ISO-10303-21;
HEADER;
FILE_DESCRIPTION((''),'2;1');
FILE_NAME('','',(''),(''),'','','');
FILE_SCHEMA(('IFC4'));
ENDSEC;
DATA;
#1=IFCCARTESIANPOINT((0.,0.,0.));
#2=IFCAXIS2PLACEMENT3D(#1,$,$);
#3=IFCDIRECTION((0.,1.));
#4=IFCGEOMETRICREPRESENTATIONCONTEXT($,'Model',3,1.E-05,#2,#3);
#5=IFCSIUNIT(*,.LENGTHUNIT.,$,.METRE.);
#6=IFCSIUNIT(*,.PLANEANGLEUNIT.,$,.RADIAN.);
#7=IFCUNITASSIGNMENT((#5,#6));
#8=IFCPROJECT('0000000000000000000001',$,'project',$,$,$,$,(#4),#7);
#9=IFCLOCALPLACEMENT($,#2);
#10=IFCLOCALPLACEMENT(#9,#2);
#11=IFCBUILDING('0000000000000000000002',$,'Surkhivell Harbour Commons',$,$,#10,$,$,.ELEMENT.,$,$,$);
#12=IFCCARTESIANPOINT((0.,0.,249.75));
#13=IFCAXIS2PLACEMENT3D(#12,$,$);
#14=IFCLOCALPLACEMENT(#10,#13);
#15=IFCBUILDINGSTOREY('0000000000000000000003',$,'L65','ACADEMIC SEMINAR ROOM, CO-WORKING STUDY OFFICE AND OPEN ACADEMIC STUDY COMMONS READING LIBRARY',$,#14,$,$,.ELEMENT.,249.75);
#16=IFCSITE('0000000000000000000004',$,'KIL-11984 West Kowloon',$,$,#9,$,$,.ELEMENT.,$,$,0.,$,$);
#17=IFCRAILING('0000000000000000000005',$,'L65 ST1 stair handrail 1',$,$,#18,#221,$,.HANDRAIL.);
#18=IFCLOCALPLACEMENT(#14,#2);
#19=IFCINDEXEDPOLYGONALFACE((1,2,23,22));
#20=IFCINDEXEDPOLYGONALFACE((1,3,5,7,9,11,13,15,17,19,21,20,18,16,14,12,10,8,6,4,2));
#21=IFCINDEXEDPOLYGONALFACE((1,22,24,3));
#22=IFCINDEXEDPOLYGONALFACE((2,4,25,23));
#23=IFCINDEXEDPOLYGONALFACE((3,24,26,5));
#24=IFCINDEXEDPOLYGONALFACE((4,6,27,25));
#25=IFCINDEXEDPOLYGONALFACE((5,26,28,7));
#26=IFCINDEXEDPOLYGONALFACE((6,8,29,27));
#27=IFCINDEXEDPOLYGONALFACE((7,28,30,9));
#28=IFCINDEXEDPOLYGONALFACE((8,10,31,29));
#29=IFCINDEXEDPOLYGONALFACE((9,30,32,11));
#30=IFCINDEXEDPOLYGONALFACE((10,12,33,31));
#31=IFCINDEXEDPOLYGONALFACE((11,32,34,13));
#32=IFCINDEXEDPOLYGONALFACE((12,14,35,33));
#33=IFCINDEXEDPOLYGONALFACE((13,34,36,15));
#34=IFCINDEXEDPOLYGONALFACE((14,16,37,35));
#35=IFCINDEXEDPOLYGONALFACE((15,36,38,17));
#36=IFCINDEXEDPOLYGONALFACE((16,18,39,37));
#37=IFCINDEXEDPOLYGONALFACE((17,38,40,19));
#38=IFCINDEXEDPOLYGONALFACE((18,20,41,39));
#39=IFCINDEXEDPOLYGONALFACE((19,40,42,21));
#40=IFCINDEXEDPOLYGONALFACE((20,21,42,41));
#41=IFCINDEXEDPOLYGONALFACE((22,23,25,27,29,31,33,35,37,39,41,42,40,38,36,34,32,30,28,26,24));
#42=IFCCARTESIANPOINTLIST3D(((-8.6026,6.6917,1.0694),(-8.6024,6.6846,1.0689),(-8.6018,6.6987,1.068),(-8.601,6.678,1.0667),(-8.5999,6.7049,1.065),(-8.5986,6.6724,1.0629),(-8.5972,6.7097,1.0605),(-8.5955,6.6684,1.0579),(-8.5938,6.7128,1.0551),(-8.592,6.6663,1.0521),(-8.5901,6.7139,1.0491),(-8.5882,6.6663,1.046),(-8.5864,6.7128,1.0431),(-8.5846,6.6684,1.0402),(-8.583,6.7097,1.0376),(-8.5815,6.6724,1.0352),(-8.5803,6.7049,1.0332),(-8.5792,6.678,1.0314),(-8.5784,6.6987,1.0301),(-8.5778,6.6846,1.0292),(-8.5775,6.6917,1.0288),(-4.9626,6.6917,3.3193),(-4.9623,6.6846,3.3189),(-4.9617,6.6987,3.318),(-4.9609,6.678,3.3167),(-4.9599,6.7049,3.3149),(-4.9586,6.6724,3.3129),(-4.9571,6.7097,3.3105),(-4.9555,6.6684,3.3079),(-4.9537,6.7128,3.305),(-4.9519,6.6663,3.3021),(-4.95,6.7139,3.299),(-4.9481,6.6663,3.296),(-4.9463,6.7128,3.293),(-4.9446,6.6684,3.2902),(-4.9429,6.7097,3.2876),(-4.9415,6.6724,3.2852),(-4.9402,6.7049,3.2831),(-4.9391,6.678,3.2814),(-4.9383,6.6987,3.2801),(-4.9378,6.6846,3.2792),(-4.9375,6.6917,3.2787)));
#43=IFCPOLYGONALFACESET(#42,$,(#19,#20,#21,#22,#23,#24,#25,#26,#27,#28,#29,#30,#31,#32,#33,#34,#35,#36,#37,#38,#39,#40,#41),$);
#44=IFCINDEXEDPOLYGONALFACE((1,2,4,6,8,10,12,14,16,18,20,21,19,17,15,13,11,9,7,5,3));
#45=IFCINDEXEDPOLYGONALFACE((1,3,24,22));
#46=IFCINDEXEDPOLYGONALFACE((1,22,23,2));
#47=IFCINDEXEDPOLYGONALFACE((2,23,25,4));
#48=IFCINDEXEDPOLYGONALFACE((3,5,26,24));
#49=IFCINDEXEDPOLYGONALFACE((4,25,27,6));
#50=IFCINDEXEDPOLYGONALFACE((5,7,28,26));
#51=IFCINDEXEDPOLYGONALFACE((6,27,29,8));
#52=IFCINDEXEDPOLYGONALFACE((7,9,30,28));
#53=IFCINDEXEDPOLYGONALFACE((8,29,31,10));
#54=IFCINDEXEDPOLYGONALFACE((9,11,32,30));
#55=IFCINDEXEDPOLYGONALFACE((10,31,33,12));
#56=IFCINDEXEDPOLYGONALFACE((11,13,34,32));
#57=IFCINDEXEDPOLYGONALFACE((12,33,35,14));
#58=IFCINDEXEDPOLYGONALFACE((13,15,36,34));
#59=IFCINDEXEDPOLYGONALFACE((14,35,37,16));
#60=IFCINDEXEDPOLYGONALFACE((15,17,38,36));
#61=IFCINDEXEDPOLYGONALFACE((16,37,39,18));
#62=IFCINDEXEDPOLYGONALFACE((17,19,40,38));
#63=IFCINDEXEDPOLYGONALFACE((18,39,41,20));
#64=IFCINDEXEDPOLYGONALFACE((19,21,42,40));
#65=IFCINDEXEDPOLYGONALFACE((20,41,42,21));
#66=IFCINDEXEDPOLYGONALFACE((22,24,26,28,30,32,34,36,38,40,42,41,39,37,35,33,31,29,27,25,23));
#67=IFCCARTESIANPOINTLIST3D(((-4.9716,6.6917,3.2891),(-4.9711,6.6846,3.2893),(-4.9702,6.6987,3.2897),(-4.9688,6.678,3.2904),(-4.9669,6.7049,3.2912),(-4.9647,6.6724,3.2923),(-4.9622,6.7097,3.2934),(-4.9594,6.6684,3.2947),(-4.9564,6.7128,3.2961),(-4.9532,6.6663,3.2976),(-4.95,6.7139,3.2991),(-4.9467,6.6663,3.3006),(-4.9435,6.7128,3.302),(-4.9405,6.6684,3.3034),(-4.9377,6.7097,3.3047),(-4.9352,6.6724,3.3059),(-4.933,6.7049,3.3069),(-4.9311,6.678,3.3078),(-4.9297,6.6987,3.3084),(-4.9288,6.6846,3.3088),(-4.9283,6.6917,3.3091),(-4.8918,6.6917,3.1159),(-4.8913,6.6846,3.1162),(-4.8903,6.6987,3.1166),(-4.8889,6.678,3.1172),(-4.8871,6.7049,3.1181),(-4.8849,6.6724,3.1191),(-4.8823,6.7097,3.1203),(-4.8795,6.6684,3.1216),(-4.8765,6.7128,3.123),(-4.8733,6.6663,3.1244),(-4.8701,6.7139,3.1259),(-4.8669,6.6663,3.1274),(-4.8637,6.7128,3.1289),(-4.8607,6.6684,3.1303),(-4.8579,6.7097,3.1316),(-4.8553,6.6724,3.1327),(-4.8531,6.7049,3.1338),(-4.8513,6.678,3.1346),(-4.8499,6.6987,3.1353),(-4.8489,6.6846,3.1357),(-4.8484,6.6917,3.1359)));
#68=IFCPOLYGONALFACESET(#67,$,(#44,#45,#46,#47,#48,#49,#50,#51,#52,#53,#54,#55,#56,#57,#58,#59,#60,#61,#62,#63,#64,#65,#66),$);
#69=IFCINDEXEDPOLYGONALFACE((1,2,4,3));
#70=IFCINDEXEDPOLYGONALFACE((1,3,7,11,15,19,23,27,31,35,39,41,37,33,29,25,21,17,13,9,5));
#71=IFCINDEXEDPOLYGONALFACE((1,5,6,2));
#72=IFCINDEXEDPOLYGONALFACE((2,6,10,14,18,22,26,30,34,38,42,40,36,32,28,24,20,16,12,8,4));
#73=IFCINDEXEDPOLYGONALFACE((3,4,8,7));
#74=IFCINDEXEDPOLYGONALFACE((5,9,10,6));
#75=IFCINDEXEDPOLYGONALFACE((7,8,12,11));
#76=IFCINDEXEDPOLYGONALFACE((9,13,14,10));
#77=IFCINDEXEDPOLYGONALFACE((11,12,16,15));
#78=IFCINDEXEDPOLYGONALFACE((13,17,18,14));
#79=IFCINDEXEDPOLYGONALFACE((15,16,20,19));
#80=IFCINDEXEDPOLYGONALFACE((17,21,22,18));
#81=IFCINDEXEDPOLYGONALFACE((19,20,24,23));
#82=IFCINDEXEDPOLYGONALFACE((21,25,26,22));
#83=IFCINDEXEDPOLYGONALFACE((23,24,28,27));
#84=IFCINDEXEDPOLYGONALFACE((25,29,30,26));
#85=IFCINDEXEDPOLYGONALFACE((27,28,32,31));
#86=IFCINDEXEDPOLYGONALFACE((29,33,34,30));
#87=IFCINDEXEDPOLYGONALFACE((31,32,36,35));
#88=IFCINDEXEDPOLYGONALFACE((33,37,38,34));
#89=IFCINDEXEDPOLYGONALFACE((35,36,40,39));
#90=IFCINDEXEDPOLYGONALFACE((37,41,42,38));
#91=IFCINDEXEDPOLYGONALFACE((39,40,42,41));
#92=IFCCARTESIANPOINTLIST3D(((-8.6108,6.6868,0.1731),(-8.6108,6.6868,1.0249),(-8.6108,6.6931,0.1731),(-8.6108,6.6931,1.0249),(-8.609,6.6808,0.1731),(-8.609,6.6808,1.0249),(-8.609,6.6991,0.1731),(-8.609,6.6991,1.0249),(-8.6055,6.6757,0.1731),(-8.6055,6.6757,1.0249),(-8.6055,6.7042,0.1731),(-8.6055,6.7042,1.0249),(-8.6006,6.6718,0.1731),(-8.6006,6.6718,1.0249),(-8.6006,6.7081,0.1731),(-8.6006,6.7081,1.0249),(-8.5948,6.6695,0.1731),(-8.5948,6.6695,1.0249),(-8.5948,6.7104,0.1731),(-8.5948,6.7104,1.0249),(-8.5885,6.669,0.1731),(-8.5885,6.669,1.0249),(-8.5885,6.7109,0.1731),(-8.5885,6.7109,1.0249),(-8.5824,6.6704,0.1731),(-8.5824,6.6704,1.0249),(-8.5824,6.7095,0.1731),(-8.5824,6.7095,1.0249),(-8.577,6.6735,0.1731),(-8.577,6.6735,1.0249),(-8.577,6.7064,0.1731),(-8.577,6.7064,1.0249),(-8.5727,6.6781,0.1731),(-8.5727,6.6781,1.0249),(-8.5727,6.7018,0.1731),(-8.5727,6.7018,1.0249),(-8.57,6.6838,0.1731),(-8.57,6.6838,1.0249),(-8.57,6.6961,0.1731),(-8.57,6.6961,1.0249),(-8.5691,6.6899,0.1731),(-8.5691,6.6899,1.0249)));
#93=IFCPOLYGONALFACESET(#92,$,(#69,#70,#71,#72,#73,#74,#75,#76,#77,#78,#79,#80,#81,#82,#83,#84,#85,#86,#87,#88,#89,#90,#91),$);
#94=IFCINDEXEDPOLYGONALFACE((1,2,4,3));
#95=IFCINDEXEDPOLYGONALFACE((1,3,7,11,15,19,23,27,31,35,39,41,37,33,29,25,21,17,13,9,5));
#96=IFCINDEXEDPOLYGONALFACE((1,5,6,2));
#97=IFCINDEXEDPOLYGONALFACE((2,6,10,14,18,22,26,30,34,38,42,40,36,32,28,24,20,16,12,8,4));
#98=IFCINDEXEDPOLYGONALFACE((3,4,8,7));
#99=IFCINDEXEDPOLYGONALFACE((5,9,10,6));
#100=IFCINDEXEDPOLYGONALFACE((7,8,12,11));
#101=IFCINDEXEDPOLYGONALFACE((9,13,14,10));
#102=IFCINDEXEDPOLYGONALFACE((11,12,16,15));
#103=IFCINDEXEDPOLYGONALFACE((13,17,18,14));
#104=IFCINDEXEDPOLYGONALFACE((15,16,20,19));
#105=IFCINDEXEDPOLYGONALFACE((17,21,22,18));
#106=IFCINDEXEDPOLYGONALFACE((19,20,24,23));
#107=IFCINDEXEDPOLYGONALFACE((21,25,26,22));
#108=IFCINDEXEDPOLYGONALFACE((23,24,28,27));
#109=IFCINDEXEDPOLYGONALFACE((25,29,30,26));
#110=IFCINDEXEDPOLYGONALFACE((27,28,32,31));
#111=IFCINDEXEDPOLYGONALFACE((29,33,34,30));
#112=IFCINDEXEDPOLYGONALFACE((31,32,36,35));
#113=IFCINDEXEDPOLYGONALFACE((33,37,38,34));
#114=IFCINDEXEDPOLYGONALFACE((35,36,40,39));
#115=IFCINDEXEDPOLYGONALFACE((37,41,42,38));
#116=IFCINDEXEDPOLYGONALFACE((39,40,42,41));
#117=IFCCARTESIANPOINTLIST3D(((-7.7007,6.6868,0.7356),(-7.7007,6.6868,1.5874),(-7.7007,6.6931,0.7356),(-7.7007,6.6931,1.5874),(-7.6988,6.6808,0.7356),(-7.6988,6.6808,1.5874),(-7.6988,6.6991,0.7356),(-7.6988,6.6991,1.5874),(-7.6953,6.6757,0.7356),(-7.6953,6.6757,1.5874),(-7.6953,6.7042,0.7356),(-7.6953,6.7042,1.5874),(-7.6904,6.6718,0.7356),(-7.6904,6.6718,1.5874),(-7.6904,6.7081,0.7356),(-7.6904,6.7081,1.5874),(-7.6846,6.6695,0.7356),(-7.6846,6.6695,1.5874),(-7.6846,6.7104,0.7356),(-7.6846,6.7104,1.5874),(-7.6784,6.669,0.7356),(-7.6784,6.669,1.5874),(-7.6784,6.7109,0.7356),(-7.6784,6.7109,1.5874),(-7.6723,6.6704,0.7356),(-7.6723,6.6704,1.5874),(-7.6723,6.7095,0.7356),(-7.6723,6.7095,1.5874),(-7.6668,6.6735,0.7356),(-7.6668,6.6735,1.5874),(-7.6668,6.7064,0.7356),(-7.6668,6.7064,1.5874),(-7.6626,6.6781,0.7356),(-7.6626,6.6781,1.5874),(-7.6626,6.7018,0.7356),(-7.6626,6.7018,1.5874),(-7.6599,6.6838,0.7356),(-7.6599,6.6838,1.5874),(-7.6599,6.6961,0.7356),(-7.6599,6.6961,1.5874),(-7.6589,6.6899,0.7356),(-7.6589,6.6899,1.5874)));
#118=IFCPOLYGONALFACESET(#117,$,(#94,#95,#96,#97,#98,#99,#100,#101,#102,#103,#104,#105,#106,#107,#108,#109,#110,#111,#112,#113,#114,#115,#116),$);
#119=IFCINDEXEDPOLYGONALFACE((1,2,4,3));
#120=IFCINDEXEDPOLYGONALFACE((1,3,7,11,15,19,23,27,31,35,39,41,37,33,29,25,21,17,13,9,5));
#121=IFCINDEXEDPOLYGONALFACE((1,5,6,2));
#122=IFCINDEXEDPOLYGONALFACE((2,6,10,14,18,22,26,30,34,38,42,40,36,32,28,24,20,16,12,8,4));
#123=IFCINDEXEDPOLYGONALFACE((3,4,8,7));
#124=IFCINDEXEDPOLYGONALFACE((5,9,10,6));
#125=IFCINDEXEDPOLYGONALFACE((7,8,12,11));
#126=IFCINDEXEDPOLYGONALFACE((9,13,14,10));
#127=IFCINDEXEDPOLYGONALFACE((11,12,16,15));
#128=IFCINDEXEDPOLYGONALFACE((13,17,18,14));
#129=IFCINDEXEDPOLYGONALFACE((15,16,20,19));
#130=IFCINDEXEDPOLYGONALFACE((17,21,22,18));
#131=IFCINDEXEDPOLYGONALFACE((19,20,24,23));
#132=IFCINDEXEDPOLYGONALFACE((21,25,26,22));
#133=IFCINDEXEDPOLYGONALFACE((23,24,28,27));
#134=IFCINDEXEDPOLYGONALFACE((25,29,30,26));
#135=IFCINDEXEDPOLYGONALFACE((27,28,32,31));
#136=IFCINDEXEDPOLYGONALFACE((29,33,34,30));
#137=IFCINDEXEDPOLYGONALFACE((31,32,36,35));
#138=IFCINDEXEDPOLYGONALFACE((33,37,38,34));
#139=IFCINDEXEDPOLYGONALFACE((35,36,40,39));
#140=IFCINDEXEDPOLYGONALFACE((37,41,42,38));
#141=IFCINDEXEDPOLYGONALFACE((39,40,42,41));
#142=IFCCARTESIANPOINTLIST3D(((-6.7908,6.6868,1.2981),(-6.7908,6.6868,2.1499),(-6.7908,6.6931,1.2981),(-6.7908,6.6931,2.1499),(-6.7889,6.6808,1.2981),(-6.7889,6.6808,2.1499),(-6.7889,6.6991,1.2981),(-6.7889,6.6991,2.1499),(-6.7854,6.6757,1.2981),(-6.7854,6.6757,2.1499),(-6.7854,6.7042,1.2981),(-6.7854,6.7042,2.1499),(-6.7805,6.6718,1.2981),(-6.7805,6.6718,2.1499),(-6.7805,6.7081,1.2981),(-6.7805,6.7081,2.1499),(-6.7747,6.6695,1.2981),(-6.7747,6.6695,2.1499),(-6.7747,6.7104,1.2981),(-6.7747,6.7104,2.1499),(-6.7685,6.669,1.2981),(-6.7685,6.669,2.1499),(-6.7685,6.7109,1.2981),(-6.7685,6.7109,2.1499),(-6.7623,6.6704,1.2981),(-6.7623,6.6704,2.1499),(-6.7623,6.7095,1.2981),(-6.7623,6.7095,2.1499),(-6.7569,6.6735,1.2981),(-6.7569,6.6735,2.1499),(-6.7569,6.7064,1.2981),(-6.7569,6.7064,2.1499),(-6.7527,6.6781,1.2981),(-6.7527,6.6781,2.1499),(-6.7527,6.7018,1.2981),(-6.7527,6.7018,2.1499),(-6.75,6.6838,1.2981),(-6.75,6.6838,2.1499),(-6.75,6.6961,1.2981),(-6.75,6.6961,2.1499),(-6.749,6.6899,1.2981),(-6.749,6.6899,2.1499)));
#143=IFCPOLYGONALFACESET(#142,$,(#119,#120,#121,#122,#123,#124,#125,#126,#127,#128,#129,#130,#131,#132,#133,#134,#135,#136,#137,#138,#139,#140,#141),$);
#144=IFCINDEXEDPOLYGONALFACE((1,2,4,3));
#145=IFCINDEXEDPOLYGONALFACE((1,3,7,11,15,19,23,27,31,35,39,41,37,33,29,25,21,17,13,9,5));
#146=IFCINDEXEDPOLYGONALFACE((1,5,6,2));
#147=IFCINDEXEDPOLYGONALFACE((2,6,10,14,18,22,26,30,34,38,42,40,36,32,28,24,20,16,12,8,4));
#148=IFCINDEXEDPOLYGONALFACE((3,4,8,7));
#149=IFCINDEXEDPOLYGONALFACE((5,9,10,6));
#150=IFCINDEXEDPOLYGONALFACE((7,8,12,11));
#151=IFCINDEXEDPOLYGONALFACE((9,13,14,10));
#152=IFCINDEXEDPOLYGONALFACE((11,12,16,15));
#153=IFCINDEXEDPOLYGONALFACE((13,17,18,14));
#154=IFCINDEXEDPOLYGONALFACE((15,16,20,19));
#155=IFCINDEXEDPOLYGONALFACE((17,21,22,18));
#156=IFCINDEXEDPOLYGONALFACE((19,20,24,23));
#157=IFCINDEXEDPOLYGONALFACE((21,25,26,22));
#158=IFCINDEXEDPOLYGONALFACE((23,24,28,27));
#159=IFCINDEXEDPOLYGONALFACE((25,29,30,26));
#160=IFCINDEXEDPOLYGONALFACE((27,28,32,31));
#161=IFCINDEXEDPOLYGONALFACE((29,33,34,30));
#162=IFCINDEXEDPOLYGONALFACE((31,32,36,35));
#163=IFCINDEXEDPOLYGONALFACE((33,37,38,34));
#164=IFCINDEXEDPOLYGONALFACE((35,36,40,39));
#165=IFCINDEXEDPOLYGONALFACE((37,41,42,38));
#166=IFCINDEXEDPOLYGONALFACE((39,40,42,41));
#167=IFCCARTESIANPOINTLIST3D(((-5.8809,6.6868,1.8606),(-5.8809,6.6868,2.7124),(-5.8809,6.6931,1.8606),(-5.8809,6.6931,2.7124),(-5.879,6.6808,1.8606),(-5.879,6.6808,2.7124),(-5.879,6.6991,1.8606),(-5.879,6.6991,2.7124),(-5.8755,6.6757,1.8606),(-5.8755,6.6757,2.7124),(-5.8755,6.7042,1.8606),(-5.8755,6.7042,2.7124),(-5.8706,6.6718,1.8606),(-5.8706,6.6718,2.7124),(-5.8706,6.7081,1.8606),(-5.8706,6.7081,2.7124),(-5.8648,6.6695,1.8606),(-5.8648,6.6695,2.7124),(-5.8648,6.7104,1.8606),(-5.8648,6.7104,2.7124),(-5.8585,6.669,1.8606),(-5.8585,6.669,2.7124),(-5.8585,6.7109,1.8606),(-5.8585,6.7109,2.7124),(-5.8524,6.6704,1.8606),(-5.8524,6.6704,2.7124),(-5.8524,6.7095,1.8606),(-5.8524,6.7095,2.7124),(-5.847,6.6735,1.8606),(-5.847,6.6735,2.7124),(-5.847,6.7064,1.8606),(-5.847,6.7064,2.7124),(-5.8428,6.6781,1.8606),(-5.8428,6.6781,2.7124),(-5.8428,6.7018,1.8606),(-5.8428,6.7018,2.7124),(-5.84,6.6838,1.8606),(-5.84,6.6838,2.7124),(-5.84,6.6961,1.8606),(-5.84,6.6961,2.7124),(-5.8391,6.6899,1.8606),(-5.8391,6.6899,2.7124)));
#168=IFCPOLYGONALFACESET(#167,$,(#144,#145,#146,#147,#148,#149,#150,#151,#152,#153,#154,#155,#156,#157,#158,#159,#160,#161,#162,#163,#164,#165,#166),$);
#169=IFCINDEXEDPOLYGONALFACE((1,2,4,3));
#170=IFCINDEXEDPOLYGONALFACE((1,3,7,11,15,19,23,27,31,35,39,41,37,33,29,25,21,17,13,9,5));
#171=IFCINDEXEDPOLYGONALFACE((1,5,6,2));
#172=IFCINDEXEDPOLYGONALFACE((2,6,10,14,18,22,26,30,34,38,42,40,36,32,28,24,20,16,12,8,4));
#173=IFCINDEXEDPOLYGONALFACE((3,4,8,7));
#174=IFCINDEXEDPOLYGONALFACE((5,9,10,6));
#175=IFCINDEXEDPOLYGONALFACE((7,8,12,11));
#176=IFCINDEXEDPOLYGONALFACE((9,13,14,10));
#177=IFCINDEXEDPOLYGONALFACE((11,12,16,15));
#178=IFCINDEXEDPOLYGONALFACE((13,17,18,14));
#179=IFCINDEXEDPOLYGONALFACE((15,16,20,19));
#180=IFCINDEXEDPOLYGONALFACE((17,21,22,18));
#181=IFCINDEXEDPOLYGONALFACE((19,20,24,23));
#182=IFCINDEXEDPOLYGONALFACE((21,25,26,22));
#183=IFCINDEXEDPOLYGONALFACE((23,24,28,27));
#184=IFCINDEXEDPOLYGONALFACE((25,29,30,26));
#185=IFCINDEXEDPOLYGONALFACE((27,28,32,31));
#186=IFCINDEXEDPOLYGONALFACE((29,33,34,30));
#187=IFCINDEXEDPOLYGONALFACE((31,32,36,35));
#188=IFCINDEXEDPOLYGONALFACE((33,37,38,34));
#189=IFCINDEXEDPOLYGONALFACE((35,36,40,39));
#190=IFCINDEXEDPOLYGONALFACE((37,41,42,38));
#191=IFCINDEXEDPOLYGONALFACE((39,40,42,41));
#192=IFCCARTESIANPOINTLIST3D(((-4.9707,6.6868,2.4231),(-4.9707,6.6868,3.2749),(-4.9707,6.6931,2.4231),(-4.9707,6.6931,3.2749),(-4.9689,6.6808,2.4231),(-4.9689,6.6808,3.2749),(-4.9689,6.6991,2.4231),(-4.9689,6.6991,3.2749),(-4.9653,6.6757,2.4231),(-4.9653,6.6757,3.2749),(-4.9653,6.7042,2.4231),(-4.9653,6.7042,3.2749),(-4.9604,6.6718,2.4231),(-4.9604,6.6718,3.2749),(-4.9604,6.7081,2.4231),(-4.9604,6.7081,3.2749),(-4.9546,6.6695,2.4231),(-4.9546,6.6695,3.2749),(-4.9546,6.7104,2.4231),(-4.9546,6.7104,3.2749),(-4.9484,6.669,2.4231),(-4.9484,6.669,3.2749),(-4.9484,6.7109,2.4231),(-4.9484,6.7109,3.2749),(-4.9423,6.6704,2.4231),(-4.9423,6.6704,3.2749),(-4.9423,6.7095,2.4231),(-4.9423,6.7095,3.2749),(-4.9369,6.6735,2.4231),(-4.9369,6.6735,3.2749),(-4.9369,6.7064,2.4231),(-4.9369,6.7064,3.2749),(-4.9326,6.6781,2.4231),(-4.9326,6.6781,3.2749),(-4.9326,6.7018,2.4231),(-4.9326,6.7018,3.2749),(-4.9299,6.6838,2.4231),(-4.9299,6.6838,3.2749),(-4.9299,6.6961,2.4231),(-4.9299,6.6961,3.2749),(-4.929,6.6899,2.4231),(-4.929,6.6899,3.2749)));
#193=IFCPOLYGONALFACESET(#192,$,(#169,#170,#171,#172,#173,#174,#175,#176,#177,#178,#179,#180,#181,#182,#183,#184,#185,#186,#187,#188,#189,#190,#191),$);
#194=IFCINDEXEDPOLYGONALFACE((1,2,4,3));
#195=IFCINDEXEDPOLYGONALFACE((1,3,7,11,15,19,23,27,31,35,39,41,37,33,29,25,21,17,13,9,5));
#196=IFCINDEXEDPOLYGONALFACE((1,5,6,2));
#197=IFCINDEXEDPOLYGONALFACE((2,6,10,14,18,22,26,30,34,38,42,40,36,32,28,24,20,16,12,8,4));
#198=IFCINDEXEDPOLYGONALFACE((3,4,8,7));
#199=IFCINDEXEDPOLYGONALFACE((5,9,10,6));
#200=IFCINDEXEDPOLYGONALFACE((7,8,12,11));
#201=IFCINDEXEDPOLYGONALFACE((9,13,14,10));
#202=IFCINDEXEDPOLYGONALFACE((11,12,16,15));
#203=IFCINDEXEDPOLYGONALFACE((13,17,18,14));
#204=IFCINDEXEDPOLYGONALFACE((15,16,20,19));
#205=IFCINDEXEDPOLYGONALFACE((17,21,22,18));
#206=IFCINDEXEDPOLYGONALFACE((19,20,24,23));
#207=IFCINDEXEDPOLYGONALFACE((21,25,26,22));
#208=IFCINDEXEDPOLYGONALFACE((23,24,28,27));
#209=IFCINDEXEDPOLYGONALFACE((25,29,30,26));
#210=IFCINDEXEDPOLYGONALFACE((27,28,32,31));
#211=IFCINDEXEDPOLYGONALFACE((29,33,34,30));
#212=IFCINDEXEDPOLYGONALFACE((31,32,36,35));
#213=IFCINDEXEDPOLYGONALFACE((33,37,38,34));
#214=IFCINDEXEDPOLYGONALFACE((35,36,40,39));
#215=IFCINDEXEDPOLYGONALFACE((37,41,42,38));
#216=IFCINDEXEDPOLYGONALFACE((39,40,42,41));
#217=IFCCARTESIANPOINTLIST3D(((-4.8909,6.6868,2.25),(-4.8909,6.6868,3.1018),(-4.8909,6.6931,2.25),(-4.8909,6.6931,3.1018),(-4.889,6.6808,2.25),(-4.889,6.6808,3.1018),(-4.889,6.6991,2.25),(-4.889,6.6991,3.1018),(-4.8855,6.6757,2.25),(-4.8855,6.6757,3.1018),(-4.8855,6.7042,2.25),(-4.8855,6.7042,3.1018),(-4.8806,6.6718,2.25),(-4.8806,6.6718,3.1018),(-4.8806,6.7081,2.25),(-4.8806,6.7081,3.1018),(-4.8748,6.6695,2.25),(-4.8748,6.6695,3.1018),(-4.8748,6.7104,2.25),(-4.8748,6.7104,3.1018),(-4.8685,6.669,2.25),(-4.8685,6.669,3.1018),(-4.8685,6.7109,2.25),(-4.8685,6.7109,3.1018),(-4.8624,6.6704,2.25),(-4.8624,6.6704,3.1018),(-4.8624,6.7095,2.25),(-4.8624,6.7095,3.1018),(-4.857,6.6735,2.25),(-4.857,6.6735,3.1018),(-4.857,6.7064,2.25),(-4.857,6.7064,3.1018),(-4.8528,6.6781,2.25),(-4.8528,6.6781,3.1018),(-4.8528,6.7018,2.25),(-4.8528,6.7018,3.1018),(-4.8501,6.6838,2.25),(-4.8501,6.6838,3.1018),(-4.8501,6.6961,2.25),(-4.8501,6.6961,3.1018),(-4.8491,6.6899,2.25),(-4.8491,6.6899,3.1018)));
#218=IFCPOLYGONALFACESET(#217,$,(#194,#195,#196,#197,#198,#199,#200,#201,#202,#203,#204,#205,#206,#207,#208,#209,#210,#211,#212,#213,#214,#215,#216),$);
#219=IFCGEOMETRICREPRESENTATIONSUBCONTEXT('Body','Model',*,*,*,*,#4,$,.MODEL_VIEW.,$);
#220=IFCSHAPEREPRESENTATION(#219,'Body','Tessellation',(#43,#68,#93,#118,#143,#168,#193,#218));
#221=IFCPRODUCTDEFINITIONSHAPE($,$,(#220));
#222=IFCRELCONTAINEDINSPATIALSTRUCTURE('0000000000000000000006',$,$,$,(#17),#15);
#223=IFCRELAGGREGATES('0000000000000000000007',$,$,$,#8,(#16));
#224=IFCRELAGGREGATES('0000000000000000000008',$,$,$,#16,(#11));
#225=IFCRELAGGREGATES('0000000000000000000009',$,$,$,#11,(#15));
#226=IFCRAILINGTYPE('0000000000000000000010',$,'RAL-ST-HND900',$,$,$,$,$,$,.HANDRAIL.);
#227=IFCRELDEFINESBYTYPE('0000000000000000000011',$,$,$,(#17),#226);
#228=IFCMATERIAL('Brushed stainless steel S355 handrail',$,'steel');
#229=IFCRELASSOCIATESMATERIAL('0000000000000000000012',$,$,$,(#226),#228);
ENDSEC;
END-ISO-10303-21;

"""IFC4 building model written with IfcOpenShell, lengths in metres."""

from ifc_helpers import new_model, si_unit, direction, frame, origin, origin_2d, place, context, subcontext, project, spatial, circle, extrude, material, type_object, element, save


model = new_model("IFC4")

# Units and contexts
model_context = context("Model", 3, precision=1e-05, world=origin(), true_north=direction((0.0, 1.0)))
body_context = subcontext(model_context, "Body", "Model", "MODEL_VIEW")
ifc_project = project(units=[si_unit("LENGTHUNIT", "METRE"), si_unit("PLANEANGLEUNIT", "RADIAN")], contexts=[model_context])

# Site, building, storey
site_placement = place(None, origin())
site = spatial("IfcSite", under=ifc_project, at=site_placement, Name="KIL-11984 West Kowloon", CompositionType="ELEMENT", RefElevation=0.0)
building_placement = place(site_placement, origin())
building = spatial("IfcBuilding", under=site, at=building_placement, Name="Surkhivell Harbour Commons", CompositionType="ELEMENT")
storey_placement = place(building_placement, frame((0.0, 0.0, 249.75)))
storey = spatial("IfcBuildingStorey", under=building, at=storey_placement, Name="L65", Description="ACADEMIC SEMINAR ROOM, CO-WORKING STUDY OFFICE AND OPEN ACADEMIC STUDY COMMONS READING LIBRARY", CompositionType="ELEMENT", Elevation=249.75)

# Railing
ifc_material_1 = material(Name="Brushed stainless steel S355 handrail", Category="steel")
railing_type_1 = type_object("IfcRailingType", Name="RAL-ST-HND900", PredefinedType="HANDRAIL", material=ifc_material_1)
railing_1_placement = place(storey_placement, frame((-8.5901, 6.6899, 0.1731)))
element("IfcRailing", 1, at=railing_1_placement, inside=storey, type_object=railing_type_1, Name="L65 ST1 stair handrail 1", PredefinedType="HANDRAIL", context=body_context, shape_type="SweptSolid", body=[
    extrude(circle(Radius=0.0239, at=origin_2d()), frame((0.0, 0.0, 0.876), z_axis=(0.850622, 0.0, 0.525777), x_axis=(0.0, 1.0, 0.0)), (0.0, 0.0, 1.0), 4.2793),
    extrude(circle(Radius=0.0239, at=origin_2d()), frame((3.6401, 0.0, 3.126), z_axis=(0.418815, 0.0, -0.908072), x_axis=(0.0, 1.0, 0.0)), (0.0, 0.0, 1.0), 0.1907),
    extrude(circle(Radius=0.021, at=origin_2d()), origin(), (0.0, 0.0, 1.0), 0.8518),
    extrude(circle(Radius=0.021, at=origin_2d()), frame((0.9102, 0.0, 0.5625)), (0.0, 0.0, 1.0), 0.8518),
    extrude(circle(Radius=0.021, at=origin_2d()), frame((1.8201, 0.0, 1.125)), (0.0, 0.0, 1.0), 0.8518),
    extrude(circle(Radius=0.021, at=origin_2d()), frame((2.73, 0.0, 1.6875)), (0.0, 0.0, 1.0), 0.8518),
    extrude(circle(Radius=0.021, at=origin_2d()), frame((3.6401, 0.0, 2.25)), (0.0, 0.0, 1.0), 0.8518),
    extrude(circle(Radius=0.021, at=origin_2d()), frame((3.72, 0.0, 2.0769)), (0.0, 0.0, 1.0), 0.8518),
])

save(model, "model.ifc")
